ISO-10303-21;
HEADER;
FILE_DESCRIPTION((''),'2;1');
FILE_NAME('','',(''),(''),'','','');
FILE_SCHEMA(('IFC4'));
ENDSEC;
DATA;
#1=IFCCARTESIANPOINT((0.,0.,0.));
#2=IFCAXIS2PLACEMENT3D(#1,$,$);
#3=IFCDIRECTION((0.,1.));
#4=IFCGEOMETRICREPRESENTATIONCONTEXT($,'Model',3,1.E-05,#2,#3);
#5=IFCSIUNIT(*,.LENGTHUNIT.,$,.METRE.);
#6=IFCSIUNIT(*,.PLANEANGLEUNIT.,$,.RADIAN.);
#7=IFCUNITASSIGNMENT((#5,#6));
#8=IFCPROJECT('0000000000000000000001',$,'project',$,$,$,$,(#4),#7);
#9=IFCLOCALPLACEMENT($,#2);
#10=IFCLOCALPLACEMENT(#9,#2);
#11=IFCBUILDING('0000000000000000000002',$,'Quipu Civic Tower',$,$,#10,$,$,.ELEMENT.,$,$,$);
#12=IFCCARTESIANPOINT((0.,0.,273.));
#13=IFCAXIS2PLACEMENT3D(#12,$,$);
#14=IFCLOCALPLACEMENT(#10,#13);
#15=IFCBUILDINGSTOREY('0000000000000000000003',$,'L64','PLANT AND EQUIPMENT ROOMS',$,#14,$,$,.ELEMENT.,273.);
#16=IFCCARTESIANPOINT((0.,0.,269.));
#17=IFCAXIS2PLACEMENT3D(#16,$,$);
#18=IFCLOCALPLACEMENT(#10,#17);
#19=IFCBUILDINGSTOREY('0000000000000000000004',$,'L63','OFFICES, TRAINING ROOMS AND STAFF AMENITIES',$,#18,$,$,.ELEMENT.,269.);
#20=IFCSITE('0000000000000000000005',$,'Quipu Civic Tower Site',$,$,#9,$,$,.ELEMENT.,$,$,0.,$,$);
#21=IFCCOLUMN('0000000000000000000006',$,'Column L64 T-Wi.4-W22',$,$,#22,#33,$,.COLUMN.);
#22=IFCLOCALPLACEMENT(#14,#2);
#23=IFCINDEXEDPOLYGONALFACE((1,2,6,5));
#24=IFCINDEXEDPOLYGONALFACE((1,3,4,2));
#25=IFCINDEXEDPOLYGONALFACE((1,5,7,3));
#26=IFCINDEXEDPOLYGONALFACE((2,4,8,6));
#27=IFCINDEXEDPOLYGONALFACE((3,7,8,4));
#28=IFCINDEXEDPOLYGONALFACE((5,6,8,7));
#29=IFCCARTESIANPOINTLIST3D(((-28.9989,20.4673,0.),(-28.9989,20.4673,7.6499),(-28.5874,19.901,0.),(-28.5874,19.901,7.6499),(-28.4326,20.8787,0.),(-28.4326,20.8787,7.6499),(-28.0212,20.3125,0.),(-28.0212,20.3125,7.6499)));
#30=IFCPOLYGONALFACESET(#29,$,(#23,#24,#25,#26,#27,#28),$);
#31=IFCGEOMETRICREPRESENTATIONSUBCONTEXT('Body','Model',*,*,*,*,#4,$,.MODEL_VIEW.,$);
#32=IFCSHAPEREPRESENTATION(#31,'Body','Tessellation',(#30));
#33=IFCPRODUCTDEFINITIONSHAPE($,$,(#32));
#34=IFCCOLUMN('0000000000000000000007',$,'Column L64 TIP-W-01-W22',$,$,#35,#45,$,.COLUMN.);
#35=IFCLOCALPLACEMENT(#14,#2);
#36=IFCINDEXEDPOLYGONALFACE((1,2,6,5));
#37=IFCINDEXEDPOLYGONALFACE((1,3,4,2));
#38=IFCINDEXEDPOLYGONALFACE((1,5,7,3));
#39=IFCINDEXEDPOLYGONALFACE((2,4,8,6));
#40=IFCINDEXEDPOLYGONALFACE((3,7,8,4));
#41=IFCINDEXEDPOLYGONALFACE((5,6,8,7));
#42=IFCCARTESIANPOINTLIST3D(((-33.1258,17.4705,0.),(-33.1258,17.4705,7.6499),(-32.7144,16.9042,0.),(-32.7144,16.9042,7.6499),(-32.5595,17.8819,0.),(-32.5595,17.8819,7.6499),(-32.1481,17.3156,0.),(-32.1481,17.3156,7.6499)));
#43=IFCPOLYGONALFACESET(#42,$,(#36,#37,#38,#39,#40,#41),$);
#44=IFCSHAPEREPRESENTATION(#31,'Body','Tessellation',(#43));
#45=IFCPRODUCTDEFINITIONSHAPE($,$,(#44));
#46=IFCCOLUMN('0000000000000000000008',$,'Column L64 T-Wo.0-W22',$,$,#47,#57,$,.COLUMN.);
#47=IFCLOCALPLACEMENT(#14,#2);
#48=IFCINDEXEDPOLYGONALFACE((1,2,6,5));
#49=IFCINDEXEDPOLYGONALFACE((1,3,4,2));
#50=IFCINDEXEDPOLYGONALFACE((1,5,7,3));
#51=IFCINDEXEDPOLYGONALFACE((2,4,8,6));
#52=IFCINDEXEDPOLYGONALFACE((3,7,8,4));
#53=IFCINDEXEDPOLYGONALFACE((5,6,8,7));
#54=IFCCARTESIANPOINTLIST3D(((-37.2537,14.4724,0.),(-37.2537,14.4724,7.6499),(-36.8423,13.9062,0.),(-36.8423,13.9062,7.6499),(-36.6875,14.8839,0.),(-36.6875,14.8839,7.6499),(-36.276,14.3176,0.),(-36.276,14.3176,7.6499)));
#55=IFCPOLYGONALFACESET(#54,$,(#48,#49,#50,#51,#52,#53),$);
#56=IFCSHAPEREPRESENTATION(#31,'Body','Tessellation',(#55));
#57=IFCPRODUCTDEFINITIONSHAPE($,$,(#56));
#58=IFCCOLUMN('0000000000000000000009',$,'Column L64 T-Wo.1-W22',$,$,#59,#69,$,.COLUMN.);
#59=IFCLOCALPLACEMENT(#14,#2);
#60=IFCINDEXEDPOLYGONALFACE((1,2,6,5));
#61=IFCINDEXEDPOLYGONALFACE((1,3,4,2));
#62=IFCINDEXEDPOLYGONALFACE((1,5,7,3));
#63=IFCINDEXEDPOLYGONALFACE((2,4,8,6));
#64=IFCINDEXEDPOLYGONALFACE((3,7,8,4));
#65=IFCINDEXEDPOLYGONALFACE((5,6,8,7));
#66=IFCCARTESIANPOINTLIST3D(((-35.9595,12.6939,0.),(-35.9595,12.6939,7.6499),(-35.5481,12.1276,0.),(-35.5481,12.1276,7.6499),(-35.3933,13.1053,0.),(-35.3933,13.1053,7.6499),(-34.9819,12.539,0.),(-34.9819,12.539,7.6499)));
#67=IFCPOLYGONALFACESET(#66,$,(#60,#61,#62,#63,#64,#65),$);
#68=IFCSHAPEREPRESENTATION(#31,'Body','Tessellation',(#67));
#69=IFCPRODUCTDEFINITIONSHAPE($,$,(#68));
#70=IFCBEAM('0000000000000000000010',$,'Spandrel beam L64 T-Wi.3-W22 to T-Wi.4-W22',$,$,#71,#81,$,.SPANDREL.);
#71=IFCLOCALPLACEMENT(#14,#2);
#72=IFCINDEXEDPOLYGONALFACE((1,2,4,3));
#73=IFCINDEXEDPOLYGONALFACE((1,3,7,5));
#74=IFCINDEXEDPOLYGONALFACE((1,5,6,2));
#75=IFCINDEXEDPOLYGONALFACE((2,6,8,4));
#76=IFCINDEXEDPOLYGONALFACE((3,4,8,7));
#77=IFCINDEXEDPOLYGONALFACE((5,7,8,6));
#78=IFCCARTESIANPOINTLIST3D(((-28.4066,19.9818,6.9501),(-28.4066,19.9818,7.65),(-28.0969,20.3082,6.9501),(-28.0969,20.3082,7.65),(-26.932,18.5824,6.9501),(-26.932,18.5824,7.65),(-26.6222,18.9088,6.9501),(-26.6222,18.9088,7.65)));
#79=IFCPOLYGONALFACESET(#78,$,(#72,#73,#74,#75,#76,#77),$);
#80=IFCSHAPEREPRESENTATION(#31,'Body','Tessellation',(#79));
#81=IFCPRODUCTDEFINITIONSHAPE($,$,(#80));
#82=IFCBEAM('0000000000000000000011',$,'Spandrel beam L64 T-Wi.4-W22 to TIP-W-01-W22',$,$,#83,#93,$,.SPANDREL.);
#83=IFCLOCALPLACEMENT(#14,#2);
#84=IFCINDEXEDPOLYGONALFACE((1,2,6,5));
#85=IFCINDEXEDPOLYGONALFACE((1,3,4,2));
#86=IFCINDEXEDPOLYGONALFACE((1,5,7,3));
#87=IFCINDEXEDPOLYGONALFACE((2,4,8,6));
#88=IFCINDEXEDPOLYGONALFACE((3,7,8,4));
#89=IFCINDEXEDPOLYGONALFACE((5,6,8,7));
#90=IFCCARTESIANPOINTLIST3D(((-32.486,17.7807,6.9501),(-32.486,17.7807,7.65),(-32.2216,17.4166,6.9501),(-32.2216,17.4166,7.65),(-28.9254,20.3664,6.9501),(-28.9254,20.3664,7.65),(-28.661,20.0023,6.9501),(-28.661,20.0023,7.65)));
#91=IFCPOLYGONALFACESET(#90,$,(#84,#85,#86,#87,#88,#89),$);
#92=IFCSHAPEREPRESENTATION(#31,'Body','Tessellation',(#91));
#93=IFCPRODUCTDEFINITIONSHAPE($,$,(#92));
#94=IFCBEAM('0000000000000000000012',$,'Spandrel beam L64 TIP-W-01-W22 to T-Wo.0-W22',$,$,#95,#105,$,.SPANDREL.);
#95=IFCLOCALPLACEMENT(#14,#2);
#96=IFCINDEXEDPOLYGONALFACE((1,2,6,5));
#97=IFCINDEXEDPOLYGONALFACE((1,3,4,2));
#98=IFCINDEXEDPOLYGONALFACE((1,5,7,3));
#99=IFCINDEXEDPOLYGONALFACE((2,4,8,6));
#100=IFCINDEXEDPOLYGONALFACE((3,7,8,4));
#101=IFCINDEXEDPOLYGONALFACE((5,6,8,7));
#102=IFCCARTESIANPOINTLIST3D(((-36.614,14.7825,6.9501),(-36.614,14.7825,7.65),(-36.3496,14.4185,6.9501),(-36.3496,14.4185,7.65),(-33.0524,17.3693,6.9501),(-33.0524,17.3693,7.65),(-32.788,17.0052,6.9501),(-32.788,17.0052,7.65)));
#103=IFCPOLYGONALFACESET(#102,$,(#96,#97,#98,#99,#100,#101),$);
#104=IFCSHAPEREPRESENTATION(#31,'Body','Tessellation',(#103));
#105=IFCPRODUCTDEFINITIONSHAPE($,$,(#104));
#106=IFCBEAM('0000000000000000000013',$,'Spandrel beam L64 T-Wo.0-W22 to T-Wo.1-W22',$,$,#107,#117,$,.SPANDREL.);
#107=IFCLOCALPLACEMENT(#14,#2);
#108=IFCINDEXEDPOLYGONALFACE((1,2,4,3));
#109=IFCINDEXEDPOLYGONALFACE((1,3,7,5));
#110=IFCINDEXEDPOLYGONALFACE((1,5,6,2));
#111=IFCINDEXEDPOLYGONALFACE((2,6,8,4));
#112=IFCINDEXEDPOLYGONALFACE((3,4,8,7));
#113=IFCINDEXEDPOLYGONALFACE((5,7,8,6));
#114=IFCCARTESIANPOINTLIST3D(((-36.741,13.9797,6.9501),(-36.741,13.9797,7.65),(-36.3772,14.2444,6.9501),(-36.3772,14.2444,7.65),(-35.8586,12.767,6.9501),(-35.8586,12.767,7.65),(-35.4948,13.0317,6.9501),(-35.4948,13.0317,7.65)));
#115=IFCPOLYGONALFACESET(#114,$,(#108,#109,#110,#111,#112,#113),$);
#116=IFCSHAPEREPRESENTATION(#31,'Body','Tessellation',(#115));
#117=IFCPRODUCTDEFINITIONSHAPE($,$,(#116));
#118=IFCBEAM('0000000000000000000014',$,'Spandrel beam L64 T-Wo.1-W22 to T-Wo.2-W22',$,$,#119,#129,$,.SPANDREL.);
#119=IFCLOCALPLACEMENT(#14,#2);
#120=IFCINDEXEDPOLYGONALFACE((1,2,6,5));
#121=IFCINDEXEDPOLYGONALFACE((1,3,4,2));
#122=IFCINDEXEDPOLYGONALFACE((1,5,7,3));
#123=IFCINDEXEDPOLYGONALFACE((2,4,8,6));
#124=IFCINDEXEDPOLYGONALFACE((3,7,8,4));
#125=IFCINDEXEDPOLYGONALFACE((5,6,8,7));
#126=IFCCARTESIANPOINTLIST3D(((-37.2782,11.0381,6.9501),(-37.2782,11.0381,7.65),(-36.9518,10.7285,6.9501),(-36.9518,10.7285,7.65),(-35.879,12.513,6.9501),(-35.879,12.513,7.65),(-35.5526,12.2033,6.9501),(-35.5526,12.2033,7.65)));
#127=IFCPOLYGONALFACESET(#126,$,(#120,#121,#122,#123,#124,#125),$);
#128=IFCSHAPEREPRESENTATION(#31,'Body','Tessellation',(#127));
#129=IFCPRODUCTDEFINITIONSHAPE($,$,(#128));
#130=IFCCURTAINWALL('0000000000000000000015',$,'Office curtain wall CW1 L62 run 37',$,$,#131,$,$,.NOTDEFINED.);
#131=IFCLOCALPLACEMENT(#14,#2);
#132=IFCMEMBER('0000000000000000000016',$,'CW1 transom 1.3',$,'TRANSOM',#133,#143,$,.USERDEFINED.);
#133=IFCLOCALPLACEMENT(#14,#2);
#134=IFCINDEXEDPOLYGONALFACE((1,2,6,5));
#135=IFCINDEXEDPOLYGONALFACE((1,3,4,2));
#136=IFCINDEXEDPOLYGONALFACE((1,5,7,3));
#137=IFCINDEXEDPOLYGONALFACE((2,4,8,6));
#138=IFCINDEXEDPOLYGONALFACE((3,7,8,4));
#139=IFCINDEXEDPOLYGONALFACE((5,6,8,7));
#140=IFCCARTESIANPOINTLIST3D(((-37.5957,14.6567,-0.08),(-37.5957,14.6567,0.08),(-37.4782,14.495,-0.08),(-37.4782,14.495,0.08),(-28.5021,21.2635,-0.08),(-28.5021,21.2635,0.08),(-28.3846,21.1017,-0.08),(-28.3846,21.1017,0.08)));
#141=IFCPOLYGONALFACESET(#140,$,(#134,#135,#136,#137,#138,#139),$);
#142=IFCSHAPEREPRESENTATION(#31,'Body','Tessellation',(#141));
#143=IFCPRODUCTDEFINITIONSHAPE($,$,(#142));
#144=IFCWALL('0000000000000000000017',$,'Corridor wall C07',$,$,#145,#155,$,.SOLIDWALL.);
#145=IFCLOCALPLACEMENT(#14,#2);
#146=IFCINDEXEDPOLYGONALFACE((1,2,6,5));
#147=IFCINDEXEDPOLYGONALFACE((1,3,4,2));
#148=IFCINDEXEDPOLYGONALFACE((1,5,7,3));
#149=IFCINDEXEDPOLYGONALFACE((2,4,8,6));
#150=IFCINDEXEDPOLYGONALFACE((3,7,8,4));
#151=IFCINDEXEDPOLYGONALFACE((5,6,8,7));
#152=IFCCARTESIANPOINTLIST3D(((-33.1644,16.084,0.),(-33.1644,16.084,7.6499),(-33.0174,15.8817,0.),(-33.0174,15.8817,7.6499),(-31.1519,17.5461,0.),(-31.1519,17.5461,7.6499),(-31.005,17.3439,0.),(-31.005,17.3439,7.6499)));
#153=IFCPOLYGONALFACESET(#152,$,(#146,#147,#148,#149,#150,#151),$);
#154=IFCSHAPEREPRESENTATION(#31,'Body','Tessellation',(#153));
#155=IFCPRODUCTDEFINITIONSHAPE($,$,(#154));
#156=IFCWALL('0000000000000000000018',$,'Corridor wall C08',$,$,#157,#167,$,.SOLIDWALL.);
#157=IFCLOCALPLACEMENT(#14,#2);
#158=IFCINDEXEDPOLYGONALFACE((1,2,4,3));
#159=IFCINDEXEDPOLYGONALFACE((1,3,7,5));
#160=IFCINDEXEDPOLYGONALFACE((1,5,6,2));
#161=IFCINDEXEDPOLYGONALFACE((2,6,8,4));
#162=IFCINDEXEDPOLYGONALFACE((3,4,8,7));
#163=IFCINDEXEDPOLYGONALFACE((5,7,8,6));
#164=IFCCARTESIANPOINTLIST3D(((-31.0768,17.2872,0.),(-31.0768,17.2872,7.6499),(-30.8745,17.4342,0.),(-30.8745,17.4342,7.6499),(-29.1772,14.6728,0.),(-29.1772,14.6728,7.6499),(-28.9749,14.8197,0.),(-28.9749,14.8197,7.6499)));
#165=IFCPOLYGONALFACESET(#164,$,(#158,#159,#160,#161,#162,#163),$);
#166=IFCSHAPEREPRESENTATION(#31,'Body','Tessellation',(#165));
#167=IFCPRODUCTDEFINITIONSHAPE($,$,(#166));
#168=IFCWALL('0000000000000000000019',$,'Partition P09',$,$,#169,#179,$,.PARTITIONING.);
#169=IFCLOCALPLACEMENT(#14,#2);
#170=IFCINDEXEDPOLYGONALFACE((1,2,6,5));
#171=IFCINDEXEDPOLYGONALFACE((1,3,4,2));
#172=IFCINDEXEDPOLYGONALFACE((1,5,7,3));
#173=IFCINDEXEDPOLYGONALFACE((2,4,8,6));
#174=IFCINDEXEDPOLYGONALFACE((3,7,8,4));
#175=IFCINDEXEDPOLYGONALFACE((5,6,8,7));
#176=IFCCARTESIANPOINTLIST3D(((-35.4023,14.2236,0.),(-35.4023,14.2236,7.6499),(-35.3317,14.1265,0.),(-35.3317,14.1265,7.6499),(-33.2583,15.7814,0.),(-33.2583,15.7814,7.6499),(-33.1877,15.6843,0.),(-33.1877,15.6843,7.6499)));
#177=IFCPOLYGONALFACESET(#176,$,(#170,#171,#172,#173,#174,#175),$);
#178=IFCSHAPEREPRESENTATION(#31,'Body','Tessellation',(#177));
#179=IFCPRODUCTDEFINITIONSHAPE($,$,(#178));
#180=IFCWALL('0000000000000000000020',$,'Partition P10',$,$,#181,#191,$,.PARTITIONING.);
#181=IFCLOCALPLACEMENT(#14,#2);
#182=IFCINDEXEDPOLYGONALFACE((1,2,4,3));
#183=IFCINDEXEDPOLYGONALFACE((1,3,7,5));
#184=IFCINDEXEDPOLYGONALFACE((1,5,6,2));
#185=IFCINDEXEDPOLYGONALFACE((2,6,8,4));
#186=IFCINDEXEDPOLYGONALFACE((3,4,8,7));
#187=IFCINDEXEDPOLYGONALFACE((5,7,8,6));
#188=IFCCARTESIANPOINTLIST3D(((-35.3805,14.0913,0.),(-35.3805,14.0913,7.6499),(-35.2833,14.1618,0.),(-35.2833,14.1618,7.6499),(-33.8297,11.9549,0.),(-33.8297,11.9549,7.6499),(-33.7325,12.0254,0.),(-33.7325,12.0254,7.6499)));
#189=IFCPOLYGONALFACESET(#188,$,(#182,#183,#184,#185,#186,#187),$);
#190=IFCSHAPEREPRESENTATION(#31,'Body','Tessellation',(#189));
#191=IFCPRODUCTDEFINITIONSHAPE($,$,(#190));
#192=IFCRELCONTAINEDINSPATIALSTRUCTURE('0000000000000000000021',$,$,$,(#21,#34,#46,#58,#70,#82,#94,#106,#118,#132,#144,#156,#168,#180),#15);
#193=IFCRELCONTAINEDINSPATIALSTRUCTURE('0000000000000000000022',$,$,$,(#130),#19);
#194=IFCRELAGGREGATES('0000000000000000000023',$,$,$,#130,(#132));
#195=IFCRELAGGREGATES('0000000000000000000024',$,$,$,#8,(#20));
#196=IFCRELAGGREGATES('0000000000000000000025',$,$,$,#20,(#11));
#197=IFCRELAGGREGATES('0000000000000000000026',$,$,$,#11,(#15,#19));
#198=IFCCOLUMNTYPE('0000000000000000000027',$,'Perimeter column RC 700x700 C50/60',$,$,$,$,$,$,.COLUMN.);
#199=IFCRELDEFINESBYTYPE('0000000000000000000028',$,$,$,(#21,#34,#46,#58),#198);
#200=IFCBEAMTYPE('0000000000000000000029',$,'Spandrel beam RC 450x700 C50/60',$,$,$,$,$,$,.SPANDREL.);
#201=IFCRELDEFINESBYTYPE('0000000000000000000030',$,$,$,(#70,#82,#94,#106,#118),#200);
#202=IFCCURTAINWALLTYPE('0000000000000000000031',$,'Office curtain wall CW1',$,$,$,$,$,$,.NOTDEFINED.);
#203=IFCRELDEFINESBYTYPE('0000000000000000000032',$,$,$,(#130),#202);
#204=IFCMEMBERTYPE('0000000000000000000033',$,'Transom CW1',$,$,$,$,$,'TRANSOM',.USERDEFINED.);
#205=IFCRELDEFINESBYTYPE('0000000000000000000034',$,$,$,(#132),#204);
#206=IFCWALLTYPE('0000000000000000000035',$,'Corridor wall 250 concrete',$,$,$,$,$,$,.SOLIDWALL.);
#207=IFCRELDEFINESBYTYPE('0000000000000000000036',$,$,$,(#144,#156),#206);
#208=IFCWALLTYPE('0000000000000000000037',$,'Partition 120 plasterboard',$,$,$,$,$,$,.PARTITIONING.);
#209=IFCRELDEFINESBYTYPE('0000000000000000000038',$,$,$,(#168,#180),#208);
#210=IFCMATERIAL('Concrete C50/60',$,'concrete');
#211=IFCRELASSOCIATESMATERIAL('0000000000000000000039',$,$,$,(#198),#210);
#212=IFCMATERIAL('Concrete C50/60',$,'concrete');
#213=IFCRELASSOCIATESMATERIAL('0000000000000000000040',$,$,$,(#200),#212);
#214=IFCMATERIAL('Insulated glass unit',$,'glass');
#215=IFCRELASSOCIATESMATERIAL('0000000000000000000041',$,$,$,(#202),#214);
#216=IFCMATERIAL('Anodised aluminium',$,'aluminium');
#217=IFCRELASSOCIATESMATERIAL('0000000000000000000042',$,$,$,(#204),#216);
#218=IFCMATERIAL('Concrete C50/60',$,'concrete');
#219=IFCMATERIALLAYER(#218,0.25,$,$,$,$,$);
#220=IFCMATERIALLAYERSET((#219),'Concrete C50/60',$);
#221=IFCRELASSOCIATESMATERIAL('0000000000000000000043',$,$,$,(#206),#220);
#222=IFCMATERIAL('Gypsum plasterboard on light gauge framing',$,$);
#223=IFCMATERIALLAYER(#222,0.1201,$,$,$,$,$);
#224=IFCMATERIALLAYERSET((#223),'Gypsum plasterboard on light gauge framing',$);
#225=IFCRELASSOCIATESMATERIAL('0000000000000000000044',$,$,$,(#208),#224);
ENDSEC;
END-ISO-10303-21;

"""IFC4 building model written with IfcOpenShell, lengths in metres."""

from ifc_helpers import new_model, si_unit, direction, frame, frame_2d, origin, origin_2d, place, context, subcontext, project, spatial, rectangle, extrude, material, layer, layer_set, material_profile, profile_set, type_object, element, aggregate, save


model = new_model("IFC4")

# Units and contexts
model_context = context("Model", 3, precision=1e-05, world=origin(), true_north=direction((0.0, 1.0)))
body_context = subcontext(model_context, "Body", "Model", "MODEL_VIEW")
ifc_project = project(units=[si_unit("LENGTHUNIT", "METRE"), si_unit("PLANEANGLEUNIT", "RADIAN")], contexts=[model_context])

# Site, building, storey
site_placement = place(None, origin())
site = spatial("IfcSite", under=ifc_project, at=site_placement, Name="Quipu Civic Tower Site", CompositionType="ELEMENT", RefElevation=0.0)
building_placement = place(site_placement, origin())
building = spatial("IfcBuilding", under=site, at=building_placement, Name="Quipu Civic Tower", CompositionType="ELEMENT")
storey_1_placement = place(building_placement, frame((0.0, 0.0, 273.0)))
storey_1 = spatial("IfcBuildingStorey", under=building, at=storey_1_placement, Name="L64", Description="PLANT AND EQUIPMENT ROOMS", CompositionType="ELEMENT", Elevation=273.0)

# Columns
ifc_material_1 = material(Name="Concrete C50/60", Category="concrete")
ifc_material_profile_1 = material_profile(ifc_material_1, rectangle(XDim=0.7, YDim=0.7, at=origin_2d()), Name="RC700x700")
ifc_profile_set_1 = profile_set([ifc_material_profile_1], Name="Concrete C50/60")
column_type = type_object("IfcColumnType", Name="Perimeter column RC 700x700 C50/60", PredefinedType="COLUMN", material=ifc_profile_set_1)
for number, where, z_axis, x_axis, name in (
    (1, (-28.51, 20.3899, 0.0), (0.0, 0.0, 1.0), (-0.809017, -0.587785, 0.0), "Column L64 T-Wi.4-W22"),
    (2, (-32.637, 17.3931, 0.0), (0.0, 0.0, 1.0), (-0.809017, -0.587785, 0.0), "Column L64 TIP-W-01-W22"),
    (3, (-36.7649, 14.395, 0.0), (0.0, 0.0, 1.0), (0.587785, -0.809017, 0.0), "Column L64 T-Wo.0-W22"),
    (4, (-35.4707, 12.6165, 0.0), (0.0, 0.0, 1.0), (-0.809017, -0.587785, 0.0), "Column L64 T-Wo.1-W22"),
):
    element("IfcColumn", number, at=place(storey_1_placement, frame(where, z_axis=z_axis, x_axis=x_axis)), inside=storey_1, type_object=column_type, Name=name, PredefinedType="COLUMN", context=body_context, shape_type="SweptSolid", body=[
        extrude(rectangle(XDim=0.7, YDim=0.7, at=origin_2d()), origin(), (0.0, 0.0, 1.0), 7.6499),
    ])

# Beams
ifc_material_2 = material(Name="Concrete C50/60", Category="concrete")
ifc_material_profile_2 = material_profile(ifc_material_2, rectangle(XDim=0.45, YDim=0.7, at=origin_2d()), Name="RC450x700")
ifc_profile_set_2 = profile_set([ifc_material_profile_2], Name="Concrete C50/60")
beam_type = type_object("IfcBeamType", Name="Spandrel beam RC 450x700 C50/60", PredefinedType="SPANDREL", material=ifc_profile_set_2)
beam_1_placement = place(storey_1_placement, frame((-26.7771, 18.7456, 7.3), z_axis=(-0.725359, 0.688371, 0.0), x_axis=(-0.688371, -0.725359, 0.0)))
element("IfcBeam", 5, at=beam_1_placement, inside=storey_1, type_object=beam_type, Name="Spandrel beam L64 T-Wi.3-W22 to T-Wi.4-W22", PredefinedType="SPANDREL", context=body_context, shape_type="SweptSolid", body=[
    extrude(rectangle(XDim=0.45, YDim=0.7, at=origin_2d()), origin(), (0.0, 0.0, 1.0), 2.033),
])
beam_2_placement = place(storey_1_placement, frame((-28.7932, 20.1843, 7.3), z_axis=(-0.809146, -0.587607, 0.0), x_axis=(0.587607, -0.809146, 0.0)))
element("IfcBeam", 6, at=beam_2_placement, inside=storey_1, type_object=beam_type, Name="Spandrel beam L64 T-Wi.4-W22 to TIP-W-01-W22", PredefinedType="SPANDREL", context=body_context, shape_type="SweptSolid", body=[
    extrude(rectangle(XDim=0.45, YDim=0.7, at=origin_2d()), origin(), (0.0, 0.0, 1.0), 4.4004),
])
beam_3_placement = place(storey_1_placement, frame((-32.9202, 17.1873, 7.3), z_axis=(-0.809117, -0.587647, 0.0), x_axis=(0.587647, -0.809117, 0.0)))
element("IfcBeam", 7, at=beam_3_placement, inside=storey_1, type_object=beam_type, Name="Spandrel beam L64 TIP-W-01-W22 to T-Wo.0-W22", PredefinedType="SPANDREL", context=body_context, shape_type="SweptSolid", body=[
    extrude(rectangle(XDim=0.45, YDim=0.7, at=origin_2d()), origin(), (0.0, 0.0, 1.0), 4.4019),
])
beam_4_placement = place(storey_1_placement, frame((-36.5591, 14.1121, 7.3), z_axis=(0.588346, -0.808609, 0.0), x_axis=(0.808609, 0.588346, 0.0)))
element("IfcBeam", 8, at=beam_4_placement, inside=storey_1, type_object=beam_type, Name="Spandrel beam L64 T-Wo.0-W22 to T-Wo.1-W22", PredefinedType="SPANDREL", context=body_context, shape_type="SweptSolid", body=[
    extrude(rectangle(XDim=0.45, YDim=0.7, at=origin_2d()), origin(), (0.0, 0.0, 1.0), 1.4998),
])
beam_5_placement = place(storey_1_placement, frame((-35.7158, 12.3582, 7.3), z_axis=(-0.688247, -0.725476, 0.0), x_axis=(0.725476, -0.688247, 0.0)))
element("IfcBeam", 9, at=beam_5_placement, inside=storey_1, type_object=beam_type, Name="Spandrel beam L64 T-Wo.1-W22 to T-Wo.2-W22", PredefinedType="SPANDREL", context=body_context, shape_type="SweptSolid", body=[
    extrude(rectangle(XDim=0.45, YDim=0.7, at=origin_2d()), origin(), (0.0, 0.0, 1.0), 2.033),
])

# Shared definitions
storey_2_placement = place(building_placement, frame((0.0, 0.0, 269.0)))
storey_2 = spatial("IfcBuildingStorey", under=building, at=storey_2_placement, Name="L63", Description="OFFICES, TRAINING ROOMS AND STAFF AMENITIES", CompositionType="ELEMENT", Elevation=269.0)

# Curtain wall, member
ifc_material_3 = material(Name="Insulated glass unit", Category="glass")
curtain_wall_type = type_object("IfcCurtainWallType", Name="Office curtain wall CW1", PredefinedType="NOTDEFINED", material=ifc_material_3)
curtain_wall_placement = place(storey_2_placement, origin())
curtain_wall = element("IfcCurtainWall", 10, at=curtain_wall_placement, inside=storey_2, type_object=curtain_wall_type, Name="Office curtain wall CW1 L62 run 37", PredefinedType="NOTDEFINED")
ifc_material_4 = material(Name="Anodised aluminium", Category="aluminium")
ifc_material_profile_3 = material_profile(ifc_material_4, rectangle(XDim=0.2, YDim=0.1599, at=origin_2d()), Name="RECT 200x160")
ifc_profile_set_3 = profile_set([ifc_material_profile_3], Name="Anodised aluminium")
member_type = type_object("IfcMemberType", Name="Transom CW1", ElementType="TRANSOM", PredefinedType="USERDEFINED", material=ifc_profile_set_3)
member_placement = place(storey_1_placement, frame((-28.4434, 21.1826, 0.0), z_axis=(-0.809022, -0.587778, 0.0), x_axis=(0.587778, -0.809022, 0.0)))
member = element("IfcMember", 11, at=member_placement, inside=storey_1, type_object=member_type, Name="CW1 transom 1.3", ObjectType="TRANSOM", PredefinedType="USERDEFINED", context=body_context, shape_type="SweptSolid", body=[
    extrude(rectangle(XDim=0.2, YDim=0.1599, at=origin_2d()), origin(), (0.0, 0.0, 1.0), 11.2402),
])
aggregate(curtain_wall, [member])

# Walls
ifc_material_5 = material(Name="Concrete C50/60", Category="concrete")
ifc_layer_1 = layer(ifc_material_5, 0.25)
ifc_layer_set_1 = layer_set([ifc_layer_1], Name="Concrete C50/60")
wall_type_1 = type_object("IfcWallType", Name="Corridor wall 250 concrete", PredefinedType="SOLIDWALL", material=ifc_layer_set_1)
wall_1_placement = place(storey_1_placement, frame((-33.0908, 15.9829, 0.0), z_axis=(0.0, 0.0, 1.0), x_axis=(0.809012, 0.587792, 0.0)))
element("IfcWall", 12, at=wall_1_placement, inside=storey_1, type_object=wall_type_1, Name="Corridor wall C07", PredefinedType="SOLIDWALL", context=body_context, shape_type="SweptSolid", body=[
    extrude(rectangle(XDim=2.4875, YDim=0.25, at=frame_2d((1.2437, 0.0))), origin(), (0.0, 0.0, 1.0), 7.6499),
])
wall_2_placement = place(storey_1_placement, frame((-30.9756, 17.3606, 0.0), z_axis=(0.0, 0.0, 1.0), x_axis=(0.587808, -0.809001, 0.0)))
element("IfcWall", 13, at=wall_2_placement, inside=storey_1, type_object=wall_type_1, Name="Corridor wall C08", PredefinedType="SOLIDWALL", context=body_context, shape_type="SweptSolid", body=[
    extrude(rectangle(XDim=3.2317, YDim=0.25, at=frame_2d((1.6157, 0.0))), origin(), (0.0, 0.0, 1.0), 7.6499),
])
ifc_material_6 = material(Name="Gypsum plasterboard on light gauge framing")
ifc_layer_2 = layer(ifc_material_6, 0.1201)
ifc_layer_set_2 = layer_set([ifc_layer_2], Name="Gypsum plasterboard on light gauge framing")
wall_type_2 = type_object("IfcWallType", Name="Partition 120 plasterboard", PredefinedType="PARTITIONING", material=ifc_layer_set_2)
wall_3_placement = place(storey_1_placement, frame((-33.2229, 15.7329, 0.0), z_axis=(0.0, 0.0, 1.0), x_axis=(-0.808995, -0.587816, 0.0)))
element("IfcWall", 14, at=wall_3_placement, inside=storey_1, type_object=wall_type_2, Name="Partition P09", PredefinedType="PARTITIONING", context=body_context, shape_type="SweptSolid", body=[
    extrude(rectangle(XDim=2.6501, YDim=0.1201, at=frame_2d((1.3252, 0.0))), origin(), (0.0, 0.0, 1.0), 7.6499),
])
wall_4_placement = place(storey_1_placement, frame((-35.3318, 14.1265, 0.0), z_axis=(0.0, 0.0, 1.0), x_axis=(0.587424, -0.80928, 0.0)))
element("IfcWall", 15, at=wall_4_placement, inside=storey_1, type_object=wall_type_2, Name="Partition P10", PredefinedType="PARTITIONING", context=body_context, shape_type="SweptSolid", body=[
    extrude(rectangle(XDim=2.6399, YDim=0.1201, at=frame_2d((1.3198, 0.0))), origin(), (0.0, 0.0, 1.0), 7.6499),
])

save(model, "model.ifc")
